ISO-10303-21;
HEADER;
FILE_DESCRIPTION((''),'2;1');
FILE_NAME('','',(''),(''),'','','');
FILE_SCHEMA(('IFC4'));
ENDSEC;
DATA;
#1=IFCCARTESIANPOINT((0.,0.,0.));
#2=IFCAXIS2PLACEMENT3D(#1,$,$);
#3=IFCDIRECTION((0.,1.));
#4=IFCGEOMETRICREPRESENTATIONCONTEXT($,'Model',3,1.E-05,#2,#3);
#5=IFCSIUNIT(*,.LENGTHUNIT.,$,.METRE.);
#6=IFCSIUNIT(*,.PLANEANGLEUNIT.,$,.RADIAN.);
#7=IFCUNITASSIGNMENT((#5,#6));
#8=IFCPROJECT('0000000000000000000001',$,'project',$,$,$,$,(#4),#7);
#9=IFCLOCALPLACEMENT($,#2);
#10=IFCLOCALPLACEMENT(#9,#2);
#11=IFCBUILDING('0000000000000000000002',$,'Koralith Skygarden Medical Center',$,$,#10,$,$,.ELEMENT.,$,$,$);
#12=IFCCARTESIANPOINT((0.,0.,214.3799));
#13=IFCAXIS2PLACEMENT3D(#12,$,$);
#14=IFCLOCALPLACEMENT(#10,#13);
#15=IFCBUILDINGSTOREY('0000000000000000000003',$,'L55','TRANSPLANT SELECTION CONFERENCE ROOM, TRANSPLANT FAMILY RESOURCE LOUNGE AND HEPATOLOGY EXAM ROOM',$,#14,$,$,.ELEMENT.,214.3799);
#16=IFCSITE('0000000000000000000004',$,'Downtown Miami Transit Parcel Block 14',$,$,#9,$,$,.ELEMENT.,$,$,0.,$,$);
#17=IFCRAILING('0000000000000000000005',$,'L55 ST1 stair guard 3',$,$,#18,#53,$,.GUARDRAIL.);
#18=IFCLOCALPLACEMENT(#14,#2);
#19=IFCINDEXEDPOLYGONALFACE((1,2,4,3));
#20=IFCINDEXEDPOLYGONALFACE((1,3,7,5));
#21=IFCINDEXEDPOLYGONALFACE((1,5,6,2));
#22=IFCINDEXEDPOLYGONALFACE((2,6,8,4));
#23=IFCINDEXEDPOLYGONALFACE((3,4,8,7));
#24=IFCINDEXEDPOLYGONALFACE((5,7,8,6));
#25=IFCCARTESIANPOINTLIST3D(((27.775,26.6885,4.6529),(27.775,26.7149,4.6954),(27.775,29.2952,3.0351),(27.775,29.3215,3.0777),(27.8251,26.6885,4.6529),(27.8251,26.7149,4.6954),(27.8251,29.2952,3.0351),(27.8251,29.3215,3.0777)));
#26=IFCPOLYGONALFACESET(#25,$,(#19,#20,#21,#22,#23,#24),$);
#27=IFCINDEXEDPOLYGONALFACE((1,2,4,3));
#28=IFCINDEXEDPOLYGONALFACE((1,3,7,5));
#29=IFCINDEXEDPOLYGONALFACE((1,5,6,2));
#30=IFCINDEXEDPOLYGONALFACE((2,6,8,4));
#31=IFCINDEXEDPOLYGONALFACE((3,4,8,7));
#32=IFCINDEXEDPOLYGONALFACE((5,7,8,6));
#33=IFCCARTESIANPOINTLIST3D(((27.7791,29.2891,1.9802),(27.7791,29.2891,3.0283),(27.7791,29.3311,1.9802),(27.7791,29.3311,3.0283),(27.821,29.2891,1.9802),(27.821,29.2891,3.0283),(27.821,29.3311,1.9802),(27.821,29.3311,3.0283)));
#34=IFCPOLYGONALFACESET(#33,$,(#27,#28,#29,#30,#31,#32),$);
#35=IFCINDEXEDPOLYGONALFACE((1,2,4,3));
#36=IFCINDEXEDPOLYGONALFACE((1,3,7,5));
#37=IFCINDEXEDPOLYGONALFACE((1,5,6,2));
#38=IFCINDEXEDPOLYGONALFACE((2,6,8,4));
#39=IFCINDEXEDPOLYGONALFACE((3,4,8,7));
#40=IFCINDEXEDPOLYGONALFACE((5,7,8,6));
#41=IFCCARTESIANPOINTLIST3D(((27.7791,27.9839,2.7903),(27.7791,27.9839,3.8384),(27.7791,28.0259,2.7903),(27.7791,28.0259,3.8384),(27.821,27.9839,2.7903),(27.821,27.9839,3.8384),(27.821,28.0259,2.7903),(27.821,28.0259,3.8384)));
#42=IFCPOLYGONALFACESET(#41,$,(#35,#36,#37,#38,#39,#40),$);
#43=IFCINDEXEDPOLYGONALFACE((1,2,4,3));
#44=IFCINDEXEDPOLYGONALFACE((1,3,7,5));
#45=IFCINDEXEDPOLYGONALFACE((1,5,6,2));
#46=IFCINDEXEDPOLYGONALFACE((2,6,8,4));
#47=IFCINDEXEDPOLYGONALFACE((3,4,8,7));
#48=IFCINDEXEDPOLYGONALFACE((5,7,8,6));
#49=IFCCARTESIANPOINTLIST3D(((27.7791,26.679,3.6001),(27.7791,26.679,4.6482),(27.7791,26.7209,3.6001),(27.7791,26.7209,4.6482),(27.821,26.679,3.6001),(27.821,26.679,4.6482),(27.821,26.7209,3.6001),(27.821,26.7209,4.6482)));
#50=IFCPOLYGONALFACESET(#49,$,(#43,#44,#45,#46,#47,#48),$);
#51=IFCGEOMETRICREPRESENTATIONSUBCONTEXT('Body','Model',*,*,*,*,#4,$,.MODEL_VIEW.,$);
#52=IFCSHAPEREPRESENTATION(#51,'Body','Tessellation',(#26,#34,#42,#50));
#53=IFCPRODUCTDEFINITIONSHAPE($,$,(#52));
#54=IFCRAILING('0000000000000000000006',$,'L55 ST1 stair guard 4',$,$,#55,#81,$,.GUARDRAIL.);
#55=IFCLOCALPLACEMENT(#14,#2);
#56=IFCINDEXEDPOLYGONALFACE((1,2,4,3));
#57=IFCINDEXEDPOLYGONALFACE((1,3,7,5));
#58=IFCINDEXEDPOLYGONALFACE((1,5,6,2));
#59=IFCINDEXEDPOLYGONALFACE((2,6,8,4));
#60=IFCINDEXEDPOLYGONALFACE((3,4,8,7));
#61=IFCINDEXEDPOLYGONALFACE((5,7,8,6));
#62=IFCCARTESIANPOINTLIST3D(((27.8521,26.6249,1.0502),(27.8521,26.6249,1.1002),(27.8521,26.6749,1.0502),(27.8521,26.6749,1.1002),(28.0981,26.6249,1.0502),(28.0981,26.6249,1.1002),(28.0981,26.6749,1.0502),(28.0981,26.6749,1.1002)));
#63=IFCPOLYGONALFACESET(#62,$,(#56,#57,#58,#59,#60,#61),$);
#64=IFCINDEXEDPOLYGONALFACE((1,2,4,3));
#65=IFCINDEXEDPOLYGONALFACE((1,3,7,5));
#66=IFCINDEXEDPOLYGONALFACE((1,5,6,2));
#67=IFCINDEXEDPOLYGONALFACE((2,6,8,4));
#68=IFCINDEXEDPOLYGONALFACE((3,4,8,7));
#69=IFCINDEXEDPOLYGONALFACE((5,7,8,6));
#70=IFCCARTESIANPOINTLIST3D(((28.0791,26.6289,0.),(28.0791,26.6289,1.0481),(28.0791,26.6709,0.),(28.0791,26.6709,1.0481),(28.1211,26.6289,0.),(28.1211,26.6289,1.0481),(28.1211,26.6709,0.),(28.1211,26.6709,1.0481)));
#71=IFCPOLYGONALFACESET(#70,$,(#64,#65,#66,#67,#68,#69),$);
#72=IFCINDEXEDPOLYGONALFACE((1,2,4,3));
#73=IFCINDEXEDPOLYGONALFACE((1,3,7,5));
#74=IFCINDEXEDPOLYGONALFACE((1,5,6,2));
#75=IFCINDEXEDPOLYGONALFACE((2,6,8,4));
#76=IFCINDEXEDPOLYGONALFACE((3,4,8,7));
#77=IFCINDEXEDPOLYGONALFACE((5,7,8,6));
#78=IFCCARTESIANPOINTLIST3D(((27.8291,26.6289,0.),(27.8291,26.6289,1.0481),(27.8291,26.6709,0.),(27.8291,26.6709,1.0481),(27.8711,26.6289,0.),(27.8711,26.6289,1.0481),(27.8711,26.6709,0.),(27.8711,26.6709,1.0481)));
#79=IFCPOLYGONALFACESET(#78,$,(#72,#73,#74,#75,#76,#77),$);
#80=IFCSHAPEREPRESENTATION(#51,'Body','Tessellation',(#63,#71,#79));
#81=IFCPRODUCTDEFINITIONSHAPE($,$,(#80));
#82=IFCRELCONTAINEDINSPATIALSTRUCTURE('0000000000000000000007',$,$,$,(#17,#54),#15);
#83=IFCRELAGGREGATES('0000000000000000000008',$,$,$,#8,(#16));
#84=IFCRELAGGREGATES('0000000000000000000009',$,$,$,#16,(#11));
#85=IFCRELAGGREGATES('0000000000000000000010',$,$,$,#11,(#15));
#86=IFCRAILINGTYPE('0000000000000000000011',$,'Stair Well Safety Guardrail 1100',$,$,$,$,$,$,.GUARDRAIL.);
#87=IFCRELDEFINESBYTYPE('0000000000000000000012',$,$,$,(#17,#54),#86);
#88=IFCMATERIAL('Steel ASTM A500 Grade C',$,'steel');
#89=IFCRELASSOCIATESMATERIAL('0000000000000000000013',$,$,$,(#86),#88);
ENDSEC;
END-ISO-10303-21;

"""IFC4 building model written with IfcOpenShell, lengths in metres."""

from ifc_helpers import new_model, si_unit, direction, frame, origin, origin_2d, place, context, subcontext, project, spatial, rectangle, extrude, material, type_object, element, save


model = new_model("IFC4")

# Units and contexts
model_context = context("Model", 3, precision=1e-05, world=origin(), true_north=direction((0.0, 1.0)))
body_context = subcontext(model_context, "Body", "Model", "MODEL_VIEW")
ifc_project = project(units=[si_unit("LENGTHUNIT", "METRE"), si_unit("PLANEANGLEUNIT", "RADIAN")], contexts=[model_context])

# Site, building, storey
site_placement = place(None, origin())
site = spatial("IfcSite", under=ifc_project, at=site_placement, Name="Downtown Miami Transit Parcel Block 14", CompositionType="ELEMENT", RefElevation=0.0)
building_placement = place(site_placement, origin())
building = spatial("IfcBuilding", under=site, at=building_placement, Name="Koralith Skygarden Medical Center", CompositionType="ELEMENT")
storey_placement = place(building_placement, frame((0.0, 0.0, 214.3799)))
storey = spatial("IfcBuildingStorey", under=building, at=storey_placement, Name="L55", Description="TRANSPLANT SELECTION CONFERENCE ROOM, TRANSPLANT FAMILY RESOURCE LOUNGE AND HEPATOLOGY EXAM ROOM", CompositionType="ELEMENT", Elevation=214.3799)

# Shared definitions
ifc_material_1 = material(Name="Steel ASTM A500 Grade C", Category="steel")

# Railings
railing_type_1 = type_object("IfcRailingType", Name="Stair Well Safety Guardrail 1100", PredefinedType="GUARDRAIL", material=ifc_material_1)
railing_1_placement = place(storey_placement, frame((27.8, 29.3101, 1.9802)))
element("IfcRailing", 1, at=railing_1_placement, inside=storey, type_object=railing_type_1, Name="L55 ST1 stair guard 3", PredefinedType="GUARDRAIL", context=body_context, shape_type="SweptSolid", body=[
    extrude(rectangle(XDim=0.05, YDim=0.05, at=origin_2d()), frame((0.0, -0.0017, 1.0762), z_axis=(0.0, -0.849668, 0.527317), x_axis=(1.0, 0.0, 0.0)), (0.0, 0.0, 1.0), 3.0679),
    extrude(rectangle(XDim=0.042, YDim=0.042, at=origin_2d()), origin(), (0.0, 0.0, 1.0), 1.0481),
    extrude(rectangle(XDim=0.042, YDim=0.042, at=origin_2d()), frame((0.0, -1.3052, 0.8101)), (0.0, 0.0, 1.0), 1.0481),
    extrude(rectangle(XDim=0.042, YDim=0.042, at=origin_2d()), frame((0.0, -2.6101, 1.6199)), (0.0, 0.0, 1.0), 1.0481),
])
railing_2_placement = place(storey_placement, frame((28.1001, 26.6499, 0.0)))
element("IfcRailing", 2, at=railing_2_placement, inside=storey, type_object=railing_type_1, Name="L55 ST1 stair guard 4", PredefinedType="GUARDRAIL", context=body_context, shape_type="SweptSolid", body=[
    extrude(rectangle(XDim=0.05, YDim=0.05, at=origin_2d()), frame((-0.002, 0.0, 1.0752), z_axis=(-1.0, 0.0, 0.0), x_axis=(0.0, -1.0, 0.0)), (0.0, 0.0, 1.0), 0.2461),
    extrude(rectangle(XDim=0.042, YDim=0.042, at=origin_2d()), origin(), (0.0, 0.0, 1.0), 1.0481),
    extrude(rectangle(XDim=0.042, YDim=0.042, at=origin_2d()), frame((-0.25, 0.0, 0.0)), (0.0, 0.0, 1.0), 1.0481),
])

save(model, "model.ifc")
